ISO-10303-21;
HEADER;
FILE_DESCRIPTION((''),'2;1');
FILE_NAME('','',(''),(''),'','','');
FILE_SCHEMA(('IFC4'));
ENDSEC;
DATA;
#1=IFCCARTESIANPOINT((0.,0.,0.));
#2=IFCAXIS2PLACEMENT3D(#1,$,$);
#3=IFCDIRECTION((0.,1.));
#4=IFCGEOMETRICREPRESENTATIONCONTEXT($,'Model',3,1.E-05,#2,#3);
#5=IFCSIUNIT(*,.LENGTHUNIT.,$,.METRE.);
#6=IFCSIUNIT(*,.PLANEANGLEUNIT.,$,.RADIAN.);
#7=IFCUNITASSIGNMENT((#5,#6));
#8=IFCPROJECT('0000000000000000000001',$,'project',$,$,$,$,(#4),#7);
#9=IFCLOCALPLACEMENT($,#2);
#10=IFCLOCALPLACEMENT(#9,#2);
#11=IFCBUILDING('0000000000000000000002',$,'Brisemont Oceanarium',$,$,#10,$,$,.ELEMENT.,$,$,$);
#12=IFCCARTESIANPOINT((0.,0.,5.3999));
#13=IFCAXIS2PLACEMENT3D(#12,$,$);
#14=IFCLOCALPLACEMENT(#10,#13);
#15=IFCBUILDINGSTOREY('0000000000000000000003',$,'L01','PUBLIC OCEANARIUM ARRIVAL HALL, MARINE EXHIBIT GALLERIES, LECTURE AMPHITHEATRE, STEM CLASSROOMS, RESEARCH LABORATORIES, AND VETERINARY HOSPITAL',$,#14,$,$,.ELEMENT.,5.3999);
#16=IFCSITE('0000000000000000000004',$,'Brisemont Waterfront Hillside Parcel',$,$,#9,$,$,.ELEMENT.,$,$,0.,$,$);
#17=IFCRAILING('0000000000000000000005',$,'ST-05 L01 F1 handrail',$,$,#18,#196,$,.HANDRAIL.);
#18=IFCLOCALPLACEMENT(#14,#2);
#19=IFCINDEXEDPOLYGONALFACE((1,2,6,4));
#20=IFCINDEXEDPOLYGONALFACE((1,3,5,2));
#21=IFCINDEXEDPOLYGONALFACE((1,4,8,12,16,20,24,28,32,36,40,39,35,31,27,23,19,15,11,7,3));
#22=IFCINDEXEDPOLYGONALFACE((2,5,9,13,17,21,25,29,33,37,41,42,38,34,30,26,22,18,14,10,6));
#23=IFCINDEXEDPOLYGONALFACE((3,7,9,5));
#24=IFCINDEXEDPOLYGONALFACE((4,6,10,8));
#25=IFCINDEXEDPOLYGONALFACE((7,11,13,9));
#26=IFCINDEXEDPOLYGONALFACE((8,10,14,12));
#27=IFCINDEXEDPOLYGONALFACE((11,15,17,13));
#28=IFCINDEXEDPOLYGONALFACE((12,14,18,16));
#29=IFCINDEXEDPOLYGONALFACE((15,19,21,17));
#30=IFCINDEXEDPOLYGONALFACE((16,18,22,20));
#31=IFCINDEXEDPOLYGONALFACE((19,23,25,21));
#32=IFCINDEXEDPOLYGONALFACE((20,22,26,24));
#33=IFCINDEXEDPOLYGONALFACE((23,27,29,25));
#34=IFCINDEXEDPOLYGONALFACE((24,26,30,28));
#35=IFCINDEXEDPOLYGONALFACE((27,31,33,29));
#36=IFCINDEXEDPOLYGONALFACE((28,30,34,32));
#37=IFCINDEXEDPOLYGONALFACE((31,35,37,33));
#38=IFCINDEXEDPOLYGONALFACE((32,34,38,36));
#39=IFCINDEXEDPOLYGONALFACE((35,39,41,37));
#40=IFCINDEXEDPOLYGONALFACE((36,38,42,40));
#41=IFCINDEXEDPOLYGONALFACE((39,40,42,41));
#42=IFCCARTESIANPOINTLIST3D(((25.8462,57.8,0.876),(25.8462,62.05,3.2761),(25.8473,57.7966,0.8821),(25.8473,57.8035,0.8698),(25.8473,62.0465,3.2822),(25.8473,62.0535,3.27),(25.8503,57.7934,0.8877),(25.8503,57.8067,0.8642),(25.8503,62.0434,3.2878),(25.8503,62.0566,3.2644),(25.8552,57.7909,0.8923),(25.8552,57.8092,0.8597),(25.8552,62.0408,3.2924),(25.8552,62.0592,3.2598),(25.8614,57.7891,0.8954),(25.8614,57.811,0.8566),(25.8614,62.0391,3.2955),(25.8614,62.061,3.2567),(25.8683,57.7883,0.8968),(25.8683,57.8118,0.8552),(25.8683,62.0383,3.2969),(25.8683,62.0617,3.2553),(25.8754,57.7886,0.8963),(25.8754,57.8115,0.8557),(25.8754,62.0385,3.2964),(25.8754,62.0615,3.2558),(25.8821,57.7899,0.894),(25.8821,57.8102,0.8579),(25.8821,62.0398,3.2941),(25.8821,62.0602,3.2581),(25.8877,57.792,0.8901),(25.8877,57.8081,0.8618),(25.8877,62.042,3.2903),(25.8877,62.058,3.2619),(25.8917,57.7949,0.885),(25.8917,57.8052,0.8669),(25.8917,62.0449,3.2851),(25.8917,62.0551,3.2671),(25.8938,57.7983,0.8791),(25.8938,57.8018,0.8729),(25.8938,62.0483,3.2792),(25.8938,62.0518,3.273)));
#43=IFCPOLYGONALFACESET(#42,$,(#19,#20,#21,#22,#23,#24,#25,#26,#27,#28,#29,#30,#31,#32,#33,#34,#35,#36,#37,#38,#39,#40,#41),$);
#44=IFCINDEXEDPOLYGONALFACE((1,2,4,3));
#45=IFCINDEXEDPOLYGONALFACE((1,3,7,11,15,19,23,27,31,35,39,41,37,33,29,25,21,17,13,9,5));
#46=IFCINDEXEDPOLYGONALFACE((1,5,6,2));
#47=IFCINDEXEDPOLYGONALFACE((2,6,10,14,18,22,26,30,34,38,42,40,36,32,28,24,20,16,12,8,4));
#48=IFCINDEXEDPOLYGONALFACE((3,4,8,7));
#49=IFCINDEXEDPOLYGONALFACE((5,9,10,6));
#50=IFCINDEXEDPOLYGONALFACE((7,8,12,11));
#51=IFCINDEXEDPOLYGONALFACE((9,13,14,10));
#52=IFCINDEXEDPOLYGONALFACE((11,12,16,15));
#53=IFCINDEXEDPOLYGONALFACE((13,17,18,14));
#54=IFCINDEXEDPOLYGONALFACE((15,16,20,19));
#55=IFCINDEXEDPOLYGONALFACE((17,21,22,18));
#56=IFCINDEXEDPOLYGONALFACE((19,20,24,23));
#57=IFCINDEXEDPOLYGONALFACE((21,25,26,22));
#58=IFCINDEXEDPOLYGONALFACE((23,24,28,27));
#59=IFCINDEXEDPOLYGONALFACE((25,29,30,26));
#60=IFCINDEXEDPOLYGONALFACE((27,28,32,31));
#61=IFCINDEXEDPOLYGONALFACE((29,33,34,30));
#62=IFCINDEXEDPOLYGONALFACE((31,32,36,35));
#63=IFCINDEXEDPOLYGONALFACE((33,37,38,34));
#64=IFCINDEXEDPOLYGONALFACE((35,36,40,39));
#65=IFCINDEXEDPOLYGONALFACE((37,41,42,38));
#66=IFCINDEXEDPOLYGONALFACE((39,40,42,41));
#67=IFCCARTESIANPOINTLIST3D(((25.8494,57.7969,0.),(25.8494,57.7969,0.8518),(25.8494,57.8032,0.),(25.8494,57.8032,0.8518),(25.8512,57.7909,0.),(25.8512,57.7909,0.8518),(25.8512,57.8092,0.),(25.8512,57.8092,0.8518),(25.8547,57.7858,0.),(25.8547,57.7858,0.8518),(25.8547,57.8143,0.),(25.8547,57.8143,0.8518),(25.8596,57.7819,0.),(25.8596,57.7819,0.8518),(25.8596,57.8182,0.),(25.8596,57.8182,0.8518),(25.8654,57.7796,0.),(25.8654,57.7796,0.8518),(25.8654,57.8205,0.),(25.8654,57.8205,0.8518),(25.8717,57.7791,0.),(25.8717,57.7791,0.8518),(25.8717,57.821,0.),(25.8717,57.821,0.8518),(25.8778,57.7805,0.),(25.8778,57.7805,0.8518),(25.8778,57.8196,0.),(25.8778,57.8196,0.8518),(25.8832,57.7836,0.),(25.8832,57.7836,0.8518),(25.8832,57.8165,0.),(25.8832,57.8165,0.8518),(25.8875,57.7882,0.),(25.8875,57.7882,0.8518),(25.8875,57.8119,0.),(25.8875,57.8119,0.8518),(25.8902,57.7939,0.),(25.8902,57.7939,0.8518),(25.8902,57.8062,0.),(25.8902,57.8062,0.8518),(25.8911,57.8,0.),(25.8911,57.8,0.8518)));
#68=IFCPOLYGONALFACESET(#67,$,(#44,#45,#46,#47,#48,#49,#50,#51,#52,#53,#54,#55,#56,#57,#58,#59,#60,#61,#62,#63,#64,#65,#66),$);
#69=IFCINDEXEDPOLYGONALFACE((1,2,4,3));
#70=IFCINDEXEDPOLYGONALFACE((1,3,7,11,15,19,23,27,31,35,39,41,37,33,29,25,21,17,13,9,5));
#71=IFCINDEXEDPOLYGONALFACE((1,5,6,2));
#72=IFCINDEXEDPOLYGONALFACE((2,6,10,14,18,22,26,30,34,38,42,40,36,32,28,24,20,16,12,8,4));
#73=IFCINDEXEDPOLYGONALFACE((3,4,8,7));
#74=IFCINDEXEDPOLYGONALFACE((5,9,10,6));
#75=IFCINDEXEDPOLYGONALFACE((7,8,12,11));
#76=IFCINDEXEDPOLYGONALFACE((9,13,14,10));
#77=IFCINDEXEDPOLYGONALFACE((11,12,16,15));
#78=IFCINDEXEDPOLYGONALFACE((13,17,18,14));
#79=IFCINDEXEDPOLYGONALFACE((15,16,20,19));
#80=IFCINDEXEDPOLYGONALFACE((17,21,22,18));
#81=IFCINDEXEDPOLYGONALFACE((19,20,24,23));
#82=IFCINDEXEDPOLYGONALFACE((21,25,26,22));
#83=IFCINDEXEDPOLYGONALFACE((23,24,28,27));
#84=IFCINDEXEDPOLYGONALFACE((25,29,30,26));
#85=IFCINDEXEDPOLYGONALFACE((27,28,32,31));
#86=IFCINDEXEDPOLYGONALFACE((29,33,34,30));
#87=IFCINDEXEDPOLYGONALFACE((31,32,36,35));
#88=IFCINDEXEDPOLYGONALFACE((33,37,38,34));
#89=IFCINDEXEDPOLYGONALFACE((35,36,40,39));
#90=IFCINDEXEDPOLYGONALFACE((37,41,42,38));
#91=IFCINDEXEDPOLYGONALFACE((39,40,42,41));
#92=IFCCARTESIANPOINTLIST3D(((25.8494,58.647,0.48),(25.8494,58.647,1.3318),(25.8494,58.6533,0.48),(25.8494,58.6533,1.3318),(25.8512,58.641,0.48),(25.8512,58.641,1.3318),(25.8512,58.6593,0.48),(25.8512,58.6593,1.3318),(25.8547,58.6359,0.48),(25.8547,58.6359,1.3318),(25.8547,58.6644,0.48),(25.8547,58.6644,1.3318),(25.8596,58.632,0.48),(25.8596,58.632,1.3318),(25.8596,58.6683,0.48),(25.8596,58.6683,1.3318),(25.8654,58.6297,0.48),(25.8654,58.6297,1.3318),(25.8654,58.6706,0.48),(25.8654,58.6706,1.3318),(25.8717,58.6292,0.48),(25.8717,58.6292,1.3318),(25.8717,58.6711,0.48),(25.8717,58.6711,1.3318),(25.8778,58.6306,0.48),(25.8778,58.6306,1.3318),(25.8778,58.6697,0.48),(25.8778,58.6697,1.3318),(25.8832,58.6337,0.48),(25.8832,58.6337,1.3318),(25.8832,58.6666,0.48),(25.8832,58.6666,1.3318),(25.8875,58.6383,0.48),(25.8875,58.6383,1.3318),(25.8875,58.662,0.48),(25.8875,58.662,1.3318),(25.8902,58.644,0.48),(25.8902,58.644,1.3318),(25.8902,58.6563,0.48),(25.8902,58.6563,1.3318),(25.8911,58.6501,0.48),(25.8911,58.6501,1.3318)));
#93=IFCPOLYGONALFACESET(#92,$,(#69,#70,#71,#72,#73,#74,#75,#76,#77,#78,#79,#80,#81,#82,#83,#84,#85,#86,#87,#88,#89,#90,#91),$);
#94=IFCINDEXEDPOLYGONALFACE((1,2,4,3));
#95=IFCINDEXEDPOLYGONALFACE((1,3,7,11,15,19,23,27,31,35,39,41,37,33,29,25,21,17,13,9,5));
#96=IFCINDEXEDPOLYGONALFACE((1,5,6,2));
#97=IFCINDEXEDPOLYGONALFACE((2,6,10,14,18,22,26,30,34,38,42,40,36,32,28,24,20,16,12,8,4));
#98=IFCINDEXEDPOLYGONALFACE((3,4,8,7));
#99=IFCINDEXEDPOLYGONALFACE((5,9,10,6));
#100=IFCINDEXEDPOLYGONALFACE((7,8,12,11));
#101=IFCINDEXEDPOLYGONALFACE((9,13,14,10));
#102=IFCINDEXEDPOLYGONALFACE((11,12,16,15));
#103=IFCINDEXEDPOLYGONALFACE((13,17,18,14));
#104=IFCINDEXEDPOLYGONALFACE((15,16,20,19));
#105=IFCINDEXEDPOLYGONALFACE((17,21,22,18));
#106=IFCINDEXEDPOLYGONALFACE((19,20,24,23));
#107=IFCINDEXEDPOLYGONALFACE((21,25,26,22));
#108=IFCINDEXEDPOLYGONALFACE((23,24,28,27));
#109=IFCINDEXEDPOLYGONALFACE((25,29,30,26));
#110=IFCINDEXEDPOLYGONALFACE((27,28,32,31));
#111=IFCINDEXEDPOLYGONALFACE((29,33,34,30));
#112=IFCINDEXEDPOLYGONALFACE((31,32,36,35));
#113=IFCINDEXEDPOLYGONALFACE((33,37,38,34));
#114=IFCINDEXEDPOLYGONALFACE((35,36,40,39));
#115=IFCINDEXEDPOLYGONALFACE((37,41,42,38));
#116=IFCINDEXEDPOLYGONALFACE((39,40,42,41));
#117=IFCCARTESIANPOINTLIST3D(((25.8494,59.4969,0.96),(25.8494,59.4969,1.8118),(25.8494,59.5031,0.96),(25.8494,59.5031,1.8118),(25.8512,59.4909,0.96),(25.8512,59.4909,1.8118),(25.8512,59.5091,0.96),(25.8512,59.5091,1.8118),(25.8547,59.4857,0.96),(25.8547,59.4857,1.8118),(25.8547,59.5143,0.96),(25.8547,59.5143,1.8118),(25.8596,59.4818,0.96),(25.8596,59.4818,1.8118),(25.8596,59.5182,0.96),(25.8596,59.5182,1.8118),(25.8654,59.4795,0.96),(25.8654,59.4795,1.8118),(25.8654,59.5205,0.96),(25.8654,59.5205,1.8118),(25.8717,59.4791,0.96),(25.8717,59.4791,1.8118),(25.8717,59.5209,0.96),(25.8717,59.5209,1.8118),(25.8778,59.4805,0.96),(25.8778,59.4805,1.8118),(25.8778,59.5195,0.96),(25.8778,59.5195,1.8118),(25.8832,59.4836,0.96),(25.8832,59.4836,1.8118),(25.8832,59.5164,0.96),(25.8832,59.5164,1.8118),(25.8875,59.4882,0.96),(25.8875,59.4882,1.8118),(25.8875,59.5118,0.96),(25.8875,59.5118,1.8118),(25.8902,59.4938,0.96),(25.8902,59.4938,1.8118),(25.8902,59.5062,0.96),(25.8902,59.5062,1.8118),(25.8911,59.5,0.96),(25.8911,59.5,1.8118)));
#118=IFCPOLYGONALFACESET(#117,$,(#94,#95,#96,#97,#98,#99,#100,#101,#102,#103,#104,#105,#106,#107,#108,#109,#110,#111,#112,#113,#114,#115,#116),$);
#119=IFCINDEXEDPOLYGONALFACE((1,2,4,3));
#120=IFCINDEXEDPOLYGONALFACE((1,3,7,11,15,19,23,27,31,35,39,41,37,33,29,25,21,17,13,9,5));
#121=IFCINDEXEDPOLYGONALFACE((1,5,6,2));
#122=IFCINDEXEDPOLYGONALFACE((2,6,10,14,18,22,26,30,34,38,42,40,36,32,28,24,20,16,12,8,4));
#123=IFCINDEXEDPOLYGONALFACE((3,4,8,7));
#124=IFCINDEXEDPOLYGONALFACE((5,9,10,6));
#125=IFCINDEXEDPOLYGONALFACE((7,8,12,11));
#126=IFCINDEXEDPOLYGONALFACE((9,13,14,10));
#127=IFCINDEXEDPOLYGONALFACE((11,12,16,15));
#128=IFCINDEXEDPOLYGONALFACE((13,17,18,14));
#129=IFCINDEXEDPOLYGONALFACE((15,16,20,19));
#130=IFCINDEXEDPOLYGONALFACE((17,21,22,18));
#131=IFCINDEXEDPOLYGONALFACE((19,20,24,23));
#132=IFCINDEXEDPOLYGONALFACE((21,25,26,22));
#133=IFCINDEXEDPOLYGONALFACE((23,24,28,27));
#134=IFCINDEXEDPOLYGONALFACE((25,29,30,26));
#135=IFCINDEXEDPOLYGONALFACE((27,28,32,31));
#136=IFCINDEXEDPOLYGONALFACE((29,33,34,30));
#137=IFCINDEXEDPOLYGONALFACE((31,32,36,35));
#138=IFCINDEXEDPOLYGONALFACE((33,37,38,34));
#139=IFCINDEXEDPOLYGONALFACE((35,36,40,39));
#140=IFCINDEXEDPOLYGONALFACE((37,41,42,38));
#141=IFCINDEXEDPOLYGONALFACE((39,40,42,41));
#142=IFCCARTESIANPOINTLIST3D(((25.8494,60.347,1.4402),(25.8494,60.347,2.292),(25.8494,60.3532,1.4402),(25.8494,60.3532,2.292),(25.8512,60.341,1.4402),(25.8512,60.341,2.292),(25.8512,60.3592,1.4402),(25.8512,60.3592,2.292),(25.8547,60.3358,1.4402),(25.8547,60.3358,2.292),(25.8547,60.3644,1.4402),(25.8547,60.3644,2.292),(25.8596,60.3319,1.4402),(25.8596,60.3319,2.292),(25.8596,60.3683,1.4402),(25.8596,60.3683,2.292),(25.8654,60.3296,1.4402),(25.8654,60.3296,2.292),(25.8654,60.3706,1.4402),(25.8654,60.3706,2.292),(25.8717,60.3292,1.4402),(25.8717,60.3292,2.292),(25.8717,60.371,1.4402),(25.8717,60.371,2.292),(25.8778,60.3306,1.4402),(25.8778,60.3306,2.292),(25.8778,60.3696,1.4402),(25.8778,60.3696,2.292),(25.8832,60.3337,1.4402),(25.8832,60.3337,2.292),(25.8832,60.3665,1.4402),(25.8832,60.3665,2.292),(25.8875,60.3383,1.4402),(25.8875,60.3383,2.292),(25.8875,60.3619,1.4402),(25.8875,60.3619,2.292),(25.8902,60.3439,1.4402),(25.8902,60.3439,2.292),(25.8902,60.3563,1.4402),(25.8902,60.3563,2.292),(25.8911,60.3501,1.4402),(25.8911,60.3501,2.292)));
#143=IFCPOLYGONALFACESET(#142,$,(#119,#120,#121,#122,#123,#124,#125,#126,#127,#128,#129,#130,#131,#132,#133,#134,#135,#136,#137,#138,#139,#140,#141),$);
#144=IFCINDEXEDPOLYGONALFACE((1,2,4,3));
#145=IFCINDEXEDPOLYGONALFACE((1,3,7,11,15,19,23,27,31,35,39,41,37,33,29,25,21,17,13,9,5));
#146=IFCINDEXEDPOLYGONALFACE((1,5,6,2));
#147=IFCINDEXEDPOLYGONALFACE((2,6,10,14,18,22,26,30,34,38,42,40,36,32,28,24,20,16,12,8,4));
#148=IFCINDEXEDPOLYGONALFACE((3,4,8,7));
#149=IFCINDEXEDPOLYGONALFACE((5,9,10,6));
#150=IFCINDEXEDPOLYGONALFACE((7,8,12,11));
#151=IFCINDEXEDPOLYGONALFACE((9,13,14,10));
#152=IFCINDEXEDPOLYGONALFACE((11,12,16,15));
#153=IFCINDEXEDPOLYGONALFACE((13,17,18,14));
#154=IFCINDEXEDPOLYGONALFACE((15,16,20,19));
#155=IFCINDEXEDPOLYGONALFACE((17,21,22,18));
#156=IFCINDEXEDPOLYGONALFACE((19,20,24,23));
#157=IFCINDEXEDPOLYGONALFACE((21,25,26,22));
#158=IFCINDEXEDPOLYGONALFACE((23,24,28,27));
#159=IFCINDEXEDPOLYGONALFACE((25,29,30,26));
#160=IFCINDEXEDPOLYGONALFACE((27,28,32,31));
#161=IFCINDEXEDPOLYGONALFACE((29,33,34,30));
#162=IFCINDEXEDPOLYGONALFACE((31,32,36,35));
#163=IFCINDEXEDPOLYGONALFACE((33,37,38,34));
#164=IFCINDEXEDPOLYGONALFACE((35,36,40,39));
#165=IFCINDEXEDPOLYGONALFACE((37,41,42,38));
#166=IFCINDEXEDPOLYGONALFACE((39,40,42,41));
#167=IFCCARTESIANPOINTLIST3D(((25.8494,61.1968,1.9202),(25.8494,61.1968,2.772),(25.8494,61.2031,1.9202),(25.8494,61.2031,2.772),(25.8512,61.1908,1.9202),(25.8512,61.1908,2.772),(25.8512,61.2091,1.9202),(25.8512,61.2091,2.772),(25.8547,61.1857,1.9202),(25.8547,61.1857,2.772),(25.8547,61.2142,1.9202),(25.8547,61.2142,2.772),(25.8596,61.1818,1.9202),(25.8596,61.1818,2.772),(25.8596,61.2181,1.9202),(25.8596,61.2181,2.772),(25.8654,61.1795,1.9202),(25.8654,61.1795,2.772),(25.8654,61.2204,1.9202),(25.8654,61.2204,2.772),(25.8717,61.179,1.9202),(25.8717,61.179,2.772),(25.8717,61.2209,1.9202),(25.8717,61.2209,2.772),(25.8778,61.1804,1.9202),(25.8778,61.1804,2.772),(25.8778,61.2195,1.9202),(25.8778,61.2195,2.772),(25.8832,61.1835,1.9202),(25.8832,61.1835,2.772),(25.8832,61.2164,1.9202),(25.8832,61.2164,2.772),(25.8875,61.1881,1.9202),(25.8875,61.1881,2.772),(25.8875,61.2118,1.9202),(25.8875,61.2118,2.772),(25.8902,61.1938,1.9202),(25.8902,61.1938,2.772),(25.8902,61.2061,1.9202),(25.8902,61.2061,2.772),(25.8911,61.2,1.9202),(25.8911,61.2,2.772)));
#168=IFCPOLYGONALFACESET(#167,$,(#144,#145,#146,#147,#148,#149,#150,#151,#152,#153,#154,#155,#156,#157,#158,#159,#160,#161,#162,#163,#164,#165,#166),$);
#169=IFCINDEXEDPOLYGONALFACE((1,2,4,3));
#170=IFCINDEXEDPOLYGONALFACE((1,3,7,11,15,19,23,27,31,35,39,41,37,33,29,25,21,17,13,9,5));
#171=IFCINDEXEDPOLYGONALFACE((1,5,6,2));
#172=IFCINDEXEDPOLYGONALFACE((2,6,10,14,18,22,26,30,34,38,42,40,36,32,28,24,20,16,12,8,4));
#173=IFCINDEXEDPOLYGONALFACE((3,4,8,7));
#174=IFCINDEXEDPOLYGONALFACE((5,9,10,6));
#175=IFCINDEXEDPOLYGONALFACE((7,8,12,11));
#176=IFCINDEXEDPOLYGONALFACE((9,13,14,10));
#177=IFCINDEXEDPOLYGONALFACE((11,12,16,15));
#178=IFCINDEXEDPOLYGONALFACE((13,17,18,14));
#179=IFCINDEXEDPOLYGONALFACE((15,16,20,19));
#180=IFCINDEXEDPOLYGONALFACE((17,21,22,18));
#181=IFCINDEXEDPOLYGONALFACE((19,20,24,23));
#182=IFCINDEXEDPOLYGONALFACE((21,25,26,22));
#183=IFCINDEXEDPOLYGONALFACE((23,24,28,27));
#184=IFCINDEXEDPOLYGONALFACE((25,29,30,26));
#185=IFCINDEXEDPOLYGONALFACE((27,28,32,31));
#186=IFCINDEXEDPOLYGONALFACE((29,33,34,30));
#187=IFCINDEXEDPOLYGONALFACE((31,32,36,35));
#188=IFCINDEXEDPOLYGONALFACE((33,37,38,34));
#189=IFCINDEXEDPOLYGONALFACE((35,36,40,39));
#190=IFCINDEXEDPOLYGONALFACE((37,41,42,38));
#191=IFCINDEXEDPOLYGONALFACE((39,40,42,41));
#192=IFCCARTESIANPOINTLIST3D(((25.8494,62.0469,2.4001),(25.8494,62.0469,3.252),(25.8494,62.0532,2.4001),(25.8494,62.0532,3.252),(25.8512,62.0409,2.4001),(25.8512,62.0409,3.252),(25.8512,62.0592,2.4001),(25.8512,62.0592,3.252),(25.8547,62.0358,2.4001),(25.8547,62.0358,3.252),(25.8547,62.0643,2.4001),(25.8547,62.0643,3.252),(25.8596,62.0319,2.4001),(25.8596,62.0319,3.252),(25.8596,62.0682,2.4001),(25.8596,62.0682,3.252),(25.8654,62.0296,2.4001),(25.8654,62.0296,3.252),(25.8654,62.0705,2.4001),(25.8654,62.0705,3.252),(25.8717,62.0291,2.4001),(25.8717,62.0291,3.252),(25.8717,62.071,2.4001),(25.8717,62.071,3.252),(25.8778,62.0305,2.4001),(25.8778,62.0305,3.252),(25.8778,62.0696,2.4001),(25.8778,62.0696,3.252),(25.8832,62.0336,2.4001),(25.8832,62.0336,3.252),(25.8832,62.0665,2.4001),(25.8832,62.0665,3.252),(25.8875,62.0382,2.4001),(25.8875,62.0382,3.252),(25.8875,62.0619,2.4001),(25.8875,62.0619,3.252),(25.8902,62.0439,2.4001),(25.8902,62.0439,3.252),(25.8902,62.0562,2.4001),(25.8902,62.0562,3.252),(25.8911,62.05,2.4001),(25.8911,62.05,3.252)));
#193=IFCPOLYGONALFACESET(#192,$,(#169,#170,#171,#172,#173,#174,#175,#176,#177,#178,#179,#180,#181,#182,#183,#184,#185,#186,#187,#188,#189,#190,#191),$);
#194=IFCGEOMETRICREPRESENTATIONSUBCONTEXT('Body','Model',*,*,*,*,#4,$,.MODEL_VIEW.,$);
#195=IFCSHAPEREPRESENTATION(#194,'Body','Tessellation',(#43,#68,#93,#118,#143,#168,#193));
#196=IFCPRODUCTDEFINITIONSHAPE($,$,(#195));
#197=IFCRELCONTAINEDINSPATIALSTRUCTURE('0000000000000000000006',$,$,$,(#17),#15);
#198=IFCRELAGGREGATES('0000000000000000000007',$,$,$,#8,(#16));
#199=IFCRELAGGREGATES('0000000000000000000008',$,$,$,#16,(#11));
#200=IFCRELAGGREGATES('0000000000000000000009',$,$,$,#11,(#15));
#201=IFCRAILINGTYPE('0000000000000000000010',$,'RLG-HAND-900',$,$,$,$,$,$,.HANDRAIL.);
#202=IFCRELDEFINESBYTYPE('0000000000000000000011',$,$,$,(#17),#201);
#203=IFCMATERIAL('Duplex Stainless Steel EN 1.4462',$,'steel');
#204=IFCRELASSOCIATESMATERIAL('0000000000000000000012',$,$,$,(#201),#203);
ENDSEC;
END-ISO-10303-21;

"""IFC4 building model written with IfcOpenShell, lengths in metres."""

from ifc_helpers import new_model, si_unit, direction, frame, origin, origin_2d, place, context, subcontext, project, spatial, circle, extrude, material, type_object, element, save


model = new_model("IFC4")

# Units and contexts
model_context = context("Model", 3, precision=1e-05, world=origin(), true_north=direction((0.0, 1.0)))
body_context = subcontext(model_context, "Body", "Model", "MODEL_VIEW")
ifc_project = project(units=[si_unit("LENGTHUNIT", "METRE"), si_unit("PLANEANGLEUNIT", "RADIAN")], contexts=[model_context])

# Site, building, storey
site_placement = place(None, origin())
site = spatial("IfcSite", under=ifc_project, at=site_placement, Name="Brisemont Waterfront Hillside Parcel", CompositionType="ELEMENT", RefElevation=0.0)
building_placement = place(site_placement, origin())
building = spatial("IfcBuilding", under=site, at=building_placement, Name="Brisemont Oceanarium", CompositionType="ELEMENT")
storey_placement = place(building_placement, frame((0.0, 0.0, 5.3999)))
storey = spatial("IfcBuildingStorey", under=building, at=storey_placement, Name="L01", Description="PUBLIC OCEANARIUM ARRIVAL HALL, MARINE EXHIBIT GALLERIES, LECTURE AMPHITHEATRE, STEM CLASSROOMS, RESEARCH LABORATORIES, AND VETERINARY HOSPITAL", CompositionType="ELEMENT", Elevation=5.3999)

# Railing
ifc_material_1 = material(Name="Duplex Stainless Steel EN 1.4462", Category="steel")
railing_type_1 = type_object("IfcRailingType", Name="RLG-HAND-900", PredefinedType="HANDRAIL", material=ifc_material_1)
railing_1_placement = place(storey_placement, frame((25.8701, 57.8, 0.0)))
element("IfcRailing", 1, at=railing_1_placement, inside=storey, type_object=railing_type_1, Name="ST-05 L01 F1 handrail", PredefinedType="HANDRAIL", context=body_context, shape_type="SweptSolid", body=[
    extrude(circle(Radius=0.0239, at=origin_2d()), frame((0.0, 0.0, 0.876), z_axis=(0.0, 0.870741, 0.491742), x_axis=(-1.0, 0.0, 0.0)), (0.0, 0.0, 1.0), 4.8809),
    extrude(circle(Radius=0.021, at=origin_2d()), origin(), (0.0, 0.0, 1.0), 0.8518),
    extrude(circle(Radius=0.021, at=origin_2d()), frame((0.0, 0.8501, 0.48)), (0.0, 0.0, 1.0), 0.8518),
    extrude(circle(Radius=0.021, at=origin_2d()), frame((0.0, 1.7, 0.96)), (0.0, 0.0, 1.0), 0.8518),
    extrude(circle(Radius=0.021, at=origin_2d()), frame((0.0, 2.55, 1.4402)), (0.0, 0.0, 1.0), 0.8518),
    extrude(circle(Radius=0.021, at=origin_2d()), frame((0.0, 3.3999, 1.9202)), (0.0, 0.0, 1.0), 0.8518),
    extrude(circle(Radius=0.021, at=origin_2d()), frame((0.0, 4.25, 2.4001)), (0.0, 0.0, 1.0), 0.8518),
])

save(model, "model.ifc")
